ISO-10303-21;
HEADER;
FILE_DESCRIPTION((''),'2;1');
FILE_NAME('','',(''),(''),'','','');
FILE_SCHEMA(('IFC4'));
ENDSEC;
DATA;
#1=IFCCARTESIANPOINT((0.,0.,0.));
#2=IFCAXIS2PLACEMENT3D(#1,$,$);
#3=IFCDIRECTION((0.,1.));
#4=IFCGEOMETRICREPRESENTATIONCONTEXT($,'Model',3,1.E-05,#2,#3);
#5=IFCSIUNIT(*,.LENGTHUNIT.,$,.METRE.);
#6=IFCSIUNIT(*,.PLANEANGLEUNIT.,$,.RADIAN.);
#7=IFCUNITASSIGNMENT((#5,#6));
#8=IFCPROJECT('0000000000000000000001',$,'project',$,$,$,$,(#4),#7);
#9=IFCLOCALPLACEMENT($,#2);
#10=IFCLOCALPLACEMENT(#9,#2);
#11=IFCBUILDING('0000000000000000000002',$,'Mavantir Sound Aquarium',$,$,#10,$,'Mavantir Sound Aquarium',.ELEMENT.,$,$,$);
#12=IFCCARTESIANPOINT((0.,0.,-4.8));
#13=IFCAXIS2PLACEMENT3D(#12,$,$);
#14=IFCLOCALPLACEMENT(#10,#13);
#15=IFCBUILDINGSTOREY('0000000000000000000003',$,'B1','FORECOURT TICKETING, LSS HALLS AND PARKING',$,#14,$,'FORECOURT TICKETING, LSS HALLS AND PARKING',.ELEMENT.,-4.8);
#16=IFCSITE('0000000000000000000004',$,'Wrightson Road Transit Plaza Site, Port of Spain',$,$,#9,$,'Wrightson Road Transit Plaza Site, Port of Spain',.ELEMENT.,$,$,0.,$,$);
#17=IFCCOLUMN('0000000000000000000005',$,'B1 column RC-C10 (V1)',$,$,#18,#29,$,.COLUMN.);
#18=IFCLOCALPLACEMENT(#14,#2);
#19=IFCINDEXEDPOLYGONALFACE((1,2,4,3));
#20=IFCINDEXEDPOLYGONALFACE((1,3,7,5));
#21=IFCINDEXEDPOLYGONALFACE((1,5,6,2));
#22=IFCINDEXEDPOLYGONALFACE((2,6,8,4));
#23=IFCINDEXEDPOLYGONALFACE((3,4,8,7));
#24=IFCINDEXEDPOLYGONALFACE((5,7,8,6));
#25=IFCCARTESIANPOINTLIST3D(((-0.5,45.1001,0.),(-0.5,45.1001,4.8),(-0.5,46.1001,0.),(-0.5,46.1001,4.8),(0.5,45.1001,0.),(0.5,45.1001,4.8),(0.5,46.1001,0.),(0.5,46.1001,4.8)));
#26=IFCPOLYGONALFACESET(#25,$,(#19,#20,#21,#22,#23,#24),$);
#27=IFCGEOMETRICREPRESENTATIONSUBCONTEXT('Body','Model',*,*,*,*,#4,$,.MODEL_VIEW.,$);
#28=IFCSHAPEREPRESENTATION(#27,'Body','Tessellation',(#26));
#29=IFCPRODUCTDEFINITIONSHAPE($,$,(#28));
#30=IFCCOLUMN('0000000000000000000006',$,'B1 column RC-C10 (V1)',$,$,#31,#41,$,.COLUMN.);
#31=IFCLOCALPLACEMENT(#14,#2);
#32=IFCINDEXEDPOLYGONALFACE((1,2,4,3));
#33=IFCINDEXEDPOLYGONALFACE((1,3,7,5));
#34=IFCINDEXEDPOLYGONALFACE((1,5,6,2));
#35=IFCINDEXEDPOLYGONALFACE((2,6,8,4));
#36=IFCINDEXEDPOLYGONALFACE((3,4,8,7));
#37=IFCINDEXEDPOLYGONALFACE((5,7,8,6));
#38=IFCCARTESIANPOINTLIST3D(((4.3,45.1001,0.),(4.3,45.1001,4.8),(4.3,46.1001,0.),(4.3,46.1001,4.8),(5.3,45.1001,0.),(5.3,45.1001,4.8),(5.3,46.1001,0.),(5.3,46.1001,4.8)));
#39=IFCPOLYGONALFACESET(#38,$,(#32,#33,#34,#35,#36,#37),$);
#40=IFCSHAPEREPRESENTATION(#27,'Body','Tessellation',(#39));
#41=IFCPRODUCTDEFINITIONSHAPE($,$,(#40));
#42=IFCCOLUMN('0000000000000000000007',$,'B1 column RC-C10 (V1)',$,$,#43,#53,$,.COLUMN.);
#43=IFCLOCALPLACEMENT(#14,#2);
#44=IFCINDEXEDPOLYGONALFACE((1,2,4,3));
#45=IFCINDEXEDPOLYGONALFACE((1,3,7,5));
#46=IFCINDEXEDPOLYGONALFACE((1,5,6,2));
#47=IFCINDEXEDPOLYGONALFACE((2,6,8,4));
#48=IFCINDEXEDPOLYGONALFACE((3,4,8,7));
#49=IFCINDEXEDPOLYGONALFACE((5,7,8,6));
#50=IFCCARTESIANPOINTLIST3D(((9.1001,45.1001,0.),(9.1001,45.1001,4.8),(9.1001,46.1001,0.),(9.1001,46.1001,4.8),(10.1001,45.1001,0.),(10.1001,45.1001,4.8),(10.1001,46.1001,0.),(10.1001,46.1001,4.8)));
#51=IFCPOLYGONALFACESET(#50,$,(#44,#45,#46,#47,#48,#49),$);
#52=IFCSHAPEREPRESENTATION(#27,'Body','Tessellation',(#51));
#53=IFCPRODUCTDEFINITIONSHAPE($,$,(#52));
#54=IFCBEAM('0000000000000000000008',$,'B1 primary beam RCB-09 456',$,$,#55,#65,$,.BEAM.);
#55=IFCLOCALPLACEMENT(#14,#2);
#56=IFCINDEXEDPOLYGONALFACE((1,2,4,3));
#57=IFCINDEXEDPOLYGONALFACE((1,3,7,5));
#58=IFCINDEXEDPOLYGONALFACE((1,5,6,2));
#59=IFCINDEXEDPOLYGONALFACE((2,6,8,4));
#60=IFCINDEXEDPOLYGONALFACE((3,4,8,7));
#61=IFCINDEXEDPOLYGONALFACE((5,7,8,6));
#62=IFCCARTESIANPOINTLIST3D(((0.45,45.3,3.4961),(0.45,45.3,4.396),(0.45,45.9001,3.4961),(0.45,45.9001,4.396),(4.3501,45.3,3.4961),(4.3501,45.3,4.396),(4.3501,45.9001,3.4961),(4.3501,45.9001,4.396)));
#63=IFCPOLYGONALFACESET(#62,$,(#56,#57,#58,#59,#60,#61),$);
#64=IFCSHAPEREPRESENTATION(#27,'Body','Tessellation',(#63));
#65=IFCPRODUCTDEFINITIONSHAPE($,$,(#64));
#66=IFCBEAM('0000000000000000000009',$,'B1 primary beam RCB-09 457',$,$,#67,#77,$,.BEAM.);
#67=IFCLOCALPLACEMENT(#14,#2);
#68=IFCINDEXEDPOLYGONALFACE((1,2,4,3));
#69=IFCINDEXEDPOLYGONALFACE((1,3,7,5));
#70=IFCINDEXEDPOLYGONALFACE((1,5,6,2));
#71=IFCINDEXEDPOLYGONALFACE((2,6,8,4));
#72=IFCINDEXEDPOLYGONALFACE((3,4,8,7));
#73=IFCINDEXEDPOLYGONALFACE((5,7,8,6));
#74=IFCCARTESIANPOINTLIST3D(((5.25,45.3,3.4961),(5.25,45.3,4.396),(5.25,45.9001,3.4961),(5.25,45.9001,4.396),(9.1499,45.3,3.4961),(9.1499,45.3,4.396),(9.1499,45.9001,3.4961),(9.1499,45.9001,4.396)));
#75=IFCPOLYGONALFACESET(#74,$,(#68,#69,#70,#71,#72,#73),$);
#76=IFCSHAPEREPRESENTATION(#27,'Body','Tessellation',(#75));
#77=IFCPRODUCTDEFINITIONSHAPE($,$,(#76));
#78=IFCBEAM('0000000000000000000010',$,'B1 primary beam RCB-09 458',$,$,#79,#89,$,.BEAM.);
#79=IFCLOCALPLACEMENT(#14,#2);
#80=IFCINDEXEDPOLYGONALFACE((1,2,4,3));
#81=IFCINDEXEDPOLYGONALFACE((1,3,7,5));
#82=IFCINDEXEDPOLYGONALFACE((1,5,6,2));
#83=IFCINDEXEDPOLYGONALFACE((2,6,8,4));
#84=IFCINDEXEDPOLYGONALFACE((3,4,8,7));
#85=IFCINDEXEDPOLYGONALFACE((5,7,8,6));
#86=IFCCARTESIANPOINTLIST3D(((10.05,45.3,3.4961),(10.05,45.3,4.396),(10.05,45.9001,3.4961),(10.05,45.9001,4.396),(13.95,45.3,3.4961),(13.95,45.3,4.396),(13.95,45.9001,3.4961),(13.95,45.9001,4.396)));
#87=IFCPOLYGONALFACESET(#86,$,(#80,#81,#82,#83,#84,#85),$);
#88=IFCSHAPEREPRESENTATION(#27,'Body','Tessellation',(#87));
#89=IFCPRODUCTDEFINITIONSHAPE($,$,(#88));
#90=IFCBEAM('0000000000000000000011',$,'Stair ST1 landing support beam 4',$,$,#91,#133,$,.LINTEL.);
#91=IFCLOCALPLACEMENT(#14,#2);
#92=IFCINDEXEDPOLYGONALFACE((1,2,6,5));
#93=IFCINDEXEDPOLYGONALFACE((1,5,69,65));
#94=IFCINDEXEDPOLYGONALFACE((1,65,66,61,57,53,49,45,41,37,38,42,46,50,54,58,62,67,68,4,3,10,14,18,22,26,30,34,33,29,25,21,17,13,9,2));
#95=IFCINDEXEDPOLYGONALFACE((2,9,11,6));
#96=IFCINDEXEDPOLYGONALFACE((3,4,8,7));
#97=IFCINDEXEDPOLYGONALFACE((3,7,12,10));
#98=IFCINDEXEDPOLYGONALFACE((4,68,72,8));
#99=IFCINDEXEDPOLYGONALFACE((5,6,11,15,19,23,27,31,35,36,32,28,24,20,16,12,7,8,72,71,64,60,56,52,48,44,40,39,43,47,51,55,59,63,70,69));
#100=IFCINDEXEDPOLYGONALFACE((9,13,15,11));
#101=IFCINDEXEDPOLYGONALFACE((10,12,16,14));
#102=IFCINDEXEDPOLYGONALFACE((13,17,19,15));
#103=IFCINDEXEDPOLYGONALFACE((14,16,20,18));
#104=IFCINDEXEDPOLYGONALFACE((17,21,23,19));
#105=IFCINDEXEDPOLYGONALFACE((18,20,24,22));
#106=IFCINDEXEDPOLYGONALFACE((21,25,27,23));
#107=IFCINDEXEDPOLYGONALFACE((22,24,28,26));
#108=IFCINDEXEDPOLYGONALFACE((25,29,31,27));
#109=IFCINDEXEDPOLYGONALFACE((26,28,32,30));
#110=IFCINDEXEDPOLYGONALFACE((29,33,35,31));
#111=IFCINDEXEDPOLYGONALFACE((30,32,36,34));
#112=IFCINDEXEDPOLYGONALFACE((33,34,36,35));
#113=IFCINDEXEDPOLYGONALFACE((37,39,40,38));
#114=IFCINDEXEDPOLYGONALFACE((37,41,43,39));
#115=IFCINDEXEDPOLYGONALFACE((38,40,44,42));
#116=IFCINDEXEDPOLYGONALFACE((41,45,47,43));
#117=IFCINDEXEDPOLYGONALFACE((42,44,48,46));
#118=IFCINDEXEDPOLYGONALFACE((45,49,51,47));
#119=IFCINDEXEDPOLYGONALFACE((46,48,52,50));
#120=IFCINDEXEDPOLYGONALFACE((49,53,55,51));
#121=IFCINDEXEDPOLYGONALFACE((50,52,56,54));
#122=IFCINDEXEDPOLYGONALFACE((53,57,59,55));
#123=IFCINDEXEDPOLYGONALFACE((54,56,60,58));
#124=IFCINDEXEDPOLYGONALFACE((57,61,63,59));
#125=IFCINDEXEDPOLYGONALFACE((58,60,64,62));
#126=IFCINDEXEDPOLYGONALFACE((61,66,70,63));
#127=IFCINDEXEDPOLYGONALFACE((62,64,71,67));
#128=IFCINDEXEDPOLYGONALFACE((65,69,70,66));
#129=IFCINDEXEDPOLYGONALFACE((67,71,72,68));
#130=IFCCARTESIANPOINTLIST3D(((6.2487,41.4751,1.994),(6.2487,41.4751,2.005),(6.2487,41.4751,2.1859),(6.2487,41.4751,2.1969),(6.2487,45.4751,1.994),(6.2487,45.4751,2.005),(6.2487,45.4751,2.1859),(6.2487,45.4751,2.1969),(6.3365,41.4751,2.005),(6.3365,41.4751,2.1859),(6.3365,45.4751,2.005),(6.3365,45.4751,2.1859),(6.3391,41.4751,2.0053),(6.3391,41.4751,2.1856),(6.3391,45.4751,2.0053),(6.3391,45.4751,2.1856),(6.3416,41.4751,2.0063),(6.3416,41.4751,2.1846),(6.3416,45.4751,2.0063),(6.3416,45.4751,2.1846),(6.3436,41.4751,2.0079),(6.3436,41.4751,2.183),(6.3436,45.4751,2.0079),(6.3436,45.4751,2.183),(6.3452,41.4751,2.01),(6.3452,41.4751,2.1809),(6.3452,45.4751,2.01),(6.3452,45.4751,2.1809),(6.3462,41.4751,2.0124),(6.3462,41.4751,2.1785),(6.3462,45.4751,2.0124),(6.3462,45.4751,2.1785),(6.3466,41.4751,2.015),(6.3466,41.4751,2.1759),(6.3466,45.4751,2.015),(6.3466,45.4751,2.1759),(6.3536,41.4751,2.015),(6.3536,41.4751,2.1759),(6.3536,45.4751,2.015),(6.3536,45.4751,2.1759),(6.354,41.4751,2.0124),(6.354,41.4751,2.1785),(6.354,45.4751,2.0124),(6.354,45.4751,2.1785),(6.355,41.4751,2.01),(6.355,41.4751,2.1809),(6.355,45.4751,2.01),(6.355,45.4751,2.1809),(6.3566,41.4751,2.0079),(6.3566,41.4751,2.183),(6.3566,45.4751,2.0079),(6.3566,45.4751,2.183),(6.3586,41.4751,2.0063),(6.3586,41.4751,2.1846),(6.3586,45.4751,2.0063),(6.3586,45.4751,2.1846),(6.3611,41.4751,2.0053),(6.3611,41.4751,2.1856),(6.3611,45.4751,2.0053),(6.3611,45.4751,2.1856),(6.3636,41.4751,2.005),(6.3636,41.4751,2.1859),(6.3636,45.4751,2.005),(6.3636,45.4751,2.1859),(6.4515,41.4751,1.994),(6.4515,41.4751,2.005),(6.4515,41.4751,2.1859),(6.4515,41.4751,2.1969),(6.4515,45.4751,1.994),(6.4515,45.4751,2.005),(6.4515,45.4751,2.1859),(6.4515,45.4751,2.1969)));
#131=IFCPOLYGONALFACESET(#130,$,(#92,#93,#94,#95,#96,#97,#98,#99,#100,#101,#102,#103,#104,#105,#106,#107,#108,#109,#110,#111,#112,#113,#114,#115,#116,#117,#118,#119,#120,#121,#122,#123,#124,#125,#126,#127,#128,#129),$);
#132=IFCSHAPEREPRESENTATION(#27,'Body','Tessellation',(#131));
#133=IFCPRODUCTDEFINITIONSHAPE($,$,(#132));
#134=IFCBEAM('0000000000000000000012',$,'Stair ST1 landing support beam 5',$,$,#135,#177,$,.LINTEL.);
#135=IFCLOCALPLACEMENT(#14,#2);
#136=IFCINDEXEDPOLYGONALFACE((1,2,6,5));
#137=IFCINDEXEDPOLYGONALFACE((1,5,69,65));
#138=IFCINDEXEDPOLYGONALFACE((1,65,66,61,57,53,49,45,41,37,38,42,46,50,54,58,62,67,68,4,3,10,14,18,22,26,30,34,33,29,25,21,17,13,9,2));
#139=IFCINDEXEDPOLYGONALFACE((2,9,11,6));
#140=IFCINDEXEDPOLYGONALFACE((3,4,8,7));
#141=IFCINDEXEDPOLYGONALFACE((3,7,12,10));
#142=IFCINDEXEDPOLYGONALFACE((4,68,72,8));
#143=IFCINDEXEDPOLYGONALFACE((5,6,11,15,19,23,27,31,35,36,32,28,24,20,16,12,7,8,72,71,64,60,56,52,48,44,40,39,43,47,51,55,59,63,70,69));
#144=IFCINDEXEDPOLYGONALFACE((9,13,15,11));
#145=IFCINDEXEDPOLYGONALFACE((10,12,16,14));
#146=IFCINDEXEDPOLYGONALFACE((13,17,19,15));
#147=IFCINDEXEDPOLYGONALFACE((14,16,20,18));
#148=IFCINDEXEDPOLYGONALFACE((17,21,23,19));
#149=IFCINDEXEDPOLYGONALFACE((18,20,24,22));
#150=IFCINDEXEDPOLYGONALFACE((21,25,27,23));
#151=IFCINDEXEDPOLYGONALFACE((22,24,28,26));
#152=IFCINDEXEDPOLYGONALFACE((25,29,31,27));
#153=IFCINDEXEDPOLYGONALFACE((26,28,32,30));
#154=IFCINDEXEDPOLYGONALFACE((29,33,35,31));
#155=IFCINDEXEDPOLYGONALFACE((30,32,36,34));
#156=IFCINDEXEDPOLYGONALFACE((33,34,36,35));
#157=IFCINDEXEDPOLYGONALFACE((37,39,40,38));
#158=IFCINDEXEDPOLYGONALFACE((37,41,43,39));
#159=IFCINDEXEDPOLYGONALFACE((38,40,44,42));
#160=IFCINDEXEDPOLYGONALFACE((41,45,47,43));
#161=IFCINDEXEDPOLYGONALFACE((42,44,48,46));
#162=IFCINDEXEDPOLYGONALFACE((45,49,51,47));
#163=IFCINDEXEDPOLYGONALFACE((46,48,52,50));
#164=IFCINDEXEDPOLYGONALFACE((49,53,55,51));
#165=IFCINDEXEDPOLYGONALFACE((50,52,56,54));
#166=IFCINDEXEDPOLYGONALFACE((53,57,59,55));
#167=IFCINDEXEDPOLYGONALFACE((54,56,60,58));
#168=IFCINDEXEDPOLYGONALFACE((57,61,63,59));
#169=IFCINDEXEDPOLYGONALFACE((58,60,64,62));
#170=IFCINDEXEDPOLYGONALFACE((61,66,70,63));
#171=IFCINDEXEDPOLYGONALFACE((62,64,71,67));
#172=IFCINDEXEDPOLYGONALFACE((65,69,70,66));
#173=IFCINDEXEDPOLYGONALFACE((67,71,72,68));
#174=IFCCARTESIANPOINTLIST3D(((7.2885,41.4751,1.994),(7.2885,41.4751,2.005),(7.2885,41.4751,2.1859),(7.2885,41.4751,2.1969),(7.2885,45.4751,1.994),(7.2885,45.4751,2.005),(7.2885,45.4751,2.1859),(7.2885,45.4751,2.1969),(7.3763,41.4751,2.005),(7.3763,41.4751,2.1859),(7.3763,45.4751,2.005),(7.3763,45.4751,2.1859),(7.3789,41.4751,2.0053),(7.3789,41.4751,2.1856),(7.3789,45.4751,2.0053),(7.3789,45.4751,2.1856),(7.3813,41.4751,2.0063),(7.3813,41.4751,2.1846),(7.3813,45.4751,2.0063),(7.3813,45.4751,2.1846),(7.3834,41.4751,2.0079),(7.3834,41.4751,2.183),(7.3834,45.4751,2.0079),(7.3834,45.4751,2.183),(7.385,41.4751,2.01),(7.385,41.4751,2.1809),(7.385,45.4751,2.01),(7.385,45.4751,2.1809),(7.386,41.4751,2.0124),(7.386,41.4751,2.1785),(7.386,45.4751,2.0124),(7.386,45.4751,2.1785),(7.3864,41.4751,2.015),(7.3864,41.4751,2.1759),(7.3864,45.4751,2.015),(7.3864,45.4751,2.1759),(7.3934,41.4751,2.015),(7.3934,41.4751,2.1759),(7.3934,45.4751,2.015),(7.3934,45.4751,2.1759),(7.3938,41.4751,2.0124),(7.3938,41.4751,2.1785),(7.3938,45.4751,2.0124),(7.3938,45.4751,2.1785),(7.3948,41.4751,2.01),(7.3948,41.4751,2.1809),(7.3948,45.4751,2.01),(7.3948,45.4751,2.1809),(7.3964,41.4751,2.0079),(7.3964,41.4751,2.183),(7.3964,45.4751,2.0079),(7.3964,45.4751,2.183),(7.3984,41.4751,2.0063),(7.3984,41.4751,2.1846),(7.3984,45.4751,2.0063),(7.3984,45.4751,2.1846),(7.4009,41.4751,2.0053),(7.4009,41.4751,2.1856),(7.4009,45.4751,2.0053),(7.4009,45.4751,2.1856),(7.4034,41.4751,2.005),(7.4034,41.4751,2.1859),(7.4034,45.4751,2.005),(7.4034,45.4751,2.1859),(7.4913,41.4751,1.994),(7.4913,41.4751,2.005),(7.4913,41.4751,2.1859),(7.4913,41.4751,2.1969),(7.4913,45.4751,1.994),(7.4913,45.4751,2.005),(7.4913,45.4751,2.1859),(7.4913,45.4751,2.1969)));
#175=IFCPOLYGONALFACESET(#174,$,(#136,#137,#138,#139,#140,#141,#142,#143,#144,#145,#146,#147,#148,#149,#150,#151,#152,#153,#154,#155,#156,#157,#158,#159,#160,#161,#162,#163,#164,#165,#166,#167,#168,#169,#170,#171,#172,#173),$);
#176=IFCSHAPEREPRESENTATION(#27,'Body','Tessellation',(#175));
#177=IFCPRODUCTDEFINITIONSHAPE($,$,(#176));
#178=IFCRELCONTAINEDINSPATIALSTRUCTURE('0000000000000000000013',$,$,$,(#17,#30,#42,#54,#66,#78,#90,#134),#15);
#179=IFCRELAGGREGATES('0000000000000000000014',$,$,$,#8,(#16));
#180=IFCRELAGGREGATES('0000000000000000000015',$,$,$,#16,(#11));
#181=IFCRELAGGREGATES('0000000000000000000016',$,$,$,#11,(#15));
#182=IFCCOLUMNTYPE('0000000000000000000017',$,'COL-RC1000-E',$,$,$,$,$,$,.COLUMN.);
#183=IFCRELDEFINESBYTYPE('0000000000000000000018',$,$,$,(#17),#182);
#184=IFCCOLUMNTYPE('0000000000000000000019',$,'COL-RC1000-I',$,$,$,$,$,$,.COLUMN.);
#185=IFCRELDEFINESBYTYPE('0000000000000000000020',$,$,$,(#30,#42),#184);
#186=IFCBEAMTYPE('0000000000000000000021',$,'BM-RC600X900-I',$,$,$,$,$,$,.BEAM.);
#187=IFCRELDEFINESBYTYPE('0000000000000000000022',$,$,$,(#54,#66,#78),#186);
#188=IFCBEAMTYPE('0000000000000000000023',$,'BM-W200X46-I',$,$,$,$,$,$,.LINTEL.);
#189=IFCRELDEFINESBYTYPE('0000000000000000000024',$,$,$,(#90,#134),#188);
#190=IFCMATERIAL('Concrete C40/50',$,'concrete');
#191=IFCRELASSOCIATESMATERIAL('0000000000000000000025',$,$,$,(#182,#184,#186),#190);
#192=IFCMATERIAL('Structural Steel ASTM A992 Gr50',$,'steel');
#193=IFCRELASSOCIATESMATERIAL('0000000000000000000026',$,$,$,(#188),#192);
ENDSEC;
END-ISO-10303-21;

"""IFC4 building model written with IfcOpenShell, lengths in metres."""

from ifc_helpers import new_model, si_unit, direction, frame, origin, origin_2d, place, context, subcontext, project, spatial, rectangle, i_section, extrude, material, material_profile, profile_set, type_object, element, save


model = new_model("IFC4")

# Units and contexts
model_context = context("Model", 3, precision=1e-05, world=origin(), true_north=direction((0.0, 1.0)))
body_context = subcontext(model_context, "Body", "Model", "MODEL_VIEW")
ifc_project = project(units=[si_unit("LENGTHUNIT", "METRE"), si_unit("PLANEANGLEUNIT", "RADIAN")], contexts=[model_context])

# Site, building, storey
site_placement = place(None, origin())
site = spatial("IfcSite", under=ifc_project, at=site_placement, Name="Wrightson Road Transit Plaza Site, Port of Spain", LongName="Wrightson Road Transit Plaza Site, Port of Spain", CompositionType="ELEMENT", RefElevation=0.0)
building_placement = place(site_placement, origin())
building = spatial("IfcBuilding", under=site, at=building_placement, Name="Mavantir Sound Aquarium", LongName="Mavantir Sound Aquarium", CompositionType="ELEMENT")
storey_placement = place(building_placement, frame((0.0, 0.0, -4.8)))
storey = spatial("IfcBuildingStorey", under=building, at=storey_placement, Name="B1", Description="FORECOURT TICKETING, LSS HALLS AND PARKING", LongName="FORECOURT TICKETING, LSS HALLS AND PARKING", CompositionType="ELEMENT", Elevation=-4.8)

# Columns
ifc_material_1 = material(Name="Concrete C40/50", Category="concrete")
ifc_material_profile_1 = material_profile(ifc_material_1, rectangle(XDim=1.0, YDim=1.0, at=origin_2d()), Name="RC 1000X1000")
ifc_profile_set_1 = profile_set([ifc_material_profile_1], Name="Concrete C40/50")
column_type_1 = type_object("IfcColumnType", Name="COL-RC1000-E", PredefinedType="COLUMN", material=ifc_profile_set_1)
column_placement = place(storey_placement, frame((0.0, 45.6001, 0.0), z_axis=(0.0, 0.0, 1.0), x_axis=(1.0, 0.0, 0.0)))
element("IfcColumn", 1, at=column_placement, inside=storey, type_object=column_type_1, Name="B1 column RC-C10 (V1)", PredefinedType="COLUMN", context=body_context, shape_type="SweptSolid", body=[
    extrude(rectangle(XDim=1.0, YDim=1.0, at=origin_2d()), origin(), (0.0, 0.0, 1.0), 4.8),
])
ifc_material_profile_2 = material_profile(ifc_material_1, rectangle(XDim=1.0, YDim=1.0, at=origin_2d()), Name="RC 1000X1000")
ifc_profile_set_2 = profile_set([ifc_material_profile_2], Name="Concrete C40/50")
column_type_2 = type_object("IfcColumnType", Name="COL-RC1000-I", PredefinedType="COLUMN", material=ifc_profile_set_2)
for number, where, z_axis, x_axis, name in (
    (2, (4.8, 45.6001, 0.0), (0.0, 0.0, 1.0), (1.0, 0.0, 0.0), "B1 column RC-C10 (V1)"),
    (3, (9.6001, 45.6001, 0.0), (0.0, 0.0, 1.0), (1.0, 0.0, 0.0), "B1 column RC-C10 (V1)"),
):
    element("IfcColumn", number, at=place(storey_placement, frame(where, z_axis=z_axis, x_axis=x_axis)), inside=storey, type_object=column_type_2, Name=name, PredefinedType="COLUMN", context=body_context, shape_type="SweptSolid", body=[
        extrude(rectangle(XDim=1.0, YDim=1.0, at=origin_2d()), origin(), (0.0, 0.0, 1.0), 4.8),
    ])

# Beams
ifc_material_profile_3 = material_profile(ifc_material_1, rectangle(XDim=0.6001, YDim=0.8999, at=origin_2d()), Name="RC 600X900")
ifc_profile_set_3 = profile_set([ifc_material_profile_3], Name="Concrete C40/50")
beam_type_1 = type_object("IfcBeamType", Name="BM-RC600X900-I", PredefinedType="BEAM", material=ifc_profile_set_3)
beam_1_placement = place(storey_placement, frame((0.45, 45.6001, 3.946), z_axis=(1.0, 0.0, 0.0), x_axis=(0.0, 1.0, 0.0)))
element("IfcBeam", 4, at=beam_1_placement, inside=storey, type_object=beam_type_1, Name="B1 primary beam RCB-09 456", PredefinedType="BEAM", context=body_context, shape_type="SweptSolid", body=[
    extrude(rectangle(XDim=0.6001, YDim=0.8999, at=origin_2d()), origin(), (0.0, 0.0, 1.0), 3.9001),
])
for number, where, z_axis, x_axis, name in (
    (5, (5.25, 45.6001, 3.946), (1.0, 0.0, 0.0), (0.0, 1.0, 0.0), "B1 primary beam RCB-09 457"),
    (6, (10.05, 45.6001, 3.946), (1.0, 0.0, 0.0), (0.0, 1.0, 0.0), "B1 primary beam RCB-09 458"),
):
    element("IfcBeam", number, at=place(storey_placement, frame(where, z_axis=z_axis, x_axis=x_axis)), inside=storey, type_object=beam_type_1, Name=name, PredefinedType="BEAM", context=body_context, shape_type="SweptSolid", body=[
        extrude(rectangle(XDim=0.6001, YDim=0.8999, at=origin_2d()), origin(), (0.0, 0.0, 1.0), 3.8999),
    ])
ifc_material_2 = material(Name="Structural Steel ASTM A992 Gr50", Category="steel")
ifc_material_profile_4 = material_profile(ifc_material_2, i_section(OverallWidth=0.2029, OverallDepth=0.2029, WebThickness=0.0071, FlangeThickness=0.011, FilletRadius=0.01, at=origin_2d()), Name="W200X46")
ifc_profile_set_4 = profile_set([ifc_material_profile_4], Name="Structural Steel ASTM A992 Gr50")
beam_type_2 = type_object("IfcBeamType", Name="BM-W200X46-I", PredefinedType="LINTEL", material=ifc_profile_set_4)
for number, where, z_axis, x_axis, name in (
    (7, (6.3501, 41.4751, 2.0955), (0.0, 1.0, 0.0), (-1.0, 0.0, 0.0), "Stair ST1 landing support beam 4"),
    (8, (7.3899, 41.4751, 2.0955), (0.0, 1.0, 0.0), (-1.0, 0.0, 0.0), "Stair ST1 landing support beam 5"),
):
    element("IfcBeam", number, at=place(storey_placement, frame(where, z_axis=z_axis, x_axis=x_axis)), inside=storey, type_object=beam_type_2, Name=name, PredefinedType="LINTEL", context=body_context, shape_type="SweptSolid", body=[
        extrude(i_section(OverallWidth=0.2029, OverallDepth=0.2029, WebThickness=0.0071, FlangeThickness=0.011, FilletRadius=0.01, at=origin_2d()), origin(), (0.0, 0.0, 1.0), 4.0),
    ])

save(model, "model.ifc")
